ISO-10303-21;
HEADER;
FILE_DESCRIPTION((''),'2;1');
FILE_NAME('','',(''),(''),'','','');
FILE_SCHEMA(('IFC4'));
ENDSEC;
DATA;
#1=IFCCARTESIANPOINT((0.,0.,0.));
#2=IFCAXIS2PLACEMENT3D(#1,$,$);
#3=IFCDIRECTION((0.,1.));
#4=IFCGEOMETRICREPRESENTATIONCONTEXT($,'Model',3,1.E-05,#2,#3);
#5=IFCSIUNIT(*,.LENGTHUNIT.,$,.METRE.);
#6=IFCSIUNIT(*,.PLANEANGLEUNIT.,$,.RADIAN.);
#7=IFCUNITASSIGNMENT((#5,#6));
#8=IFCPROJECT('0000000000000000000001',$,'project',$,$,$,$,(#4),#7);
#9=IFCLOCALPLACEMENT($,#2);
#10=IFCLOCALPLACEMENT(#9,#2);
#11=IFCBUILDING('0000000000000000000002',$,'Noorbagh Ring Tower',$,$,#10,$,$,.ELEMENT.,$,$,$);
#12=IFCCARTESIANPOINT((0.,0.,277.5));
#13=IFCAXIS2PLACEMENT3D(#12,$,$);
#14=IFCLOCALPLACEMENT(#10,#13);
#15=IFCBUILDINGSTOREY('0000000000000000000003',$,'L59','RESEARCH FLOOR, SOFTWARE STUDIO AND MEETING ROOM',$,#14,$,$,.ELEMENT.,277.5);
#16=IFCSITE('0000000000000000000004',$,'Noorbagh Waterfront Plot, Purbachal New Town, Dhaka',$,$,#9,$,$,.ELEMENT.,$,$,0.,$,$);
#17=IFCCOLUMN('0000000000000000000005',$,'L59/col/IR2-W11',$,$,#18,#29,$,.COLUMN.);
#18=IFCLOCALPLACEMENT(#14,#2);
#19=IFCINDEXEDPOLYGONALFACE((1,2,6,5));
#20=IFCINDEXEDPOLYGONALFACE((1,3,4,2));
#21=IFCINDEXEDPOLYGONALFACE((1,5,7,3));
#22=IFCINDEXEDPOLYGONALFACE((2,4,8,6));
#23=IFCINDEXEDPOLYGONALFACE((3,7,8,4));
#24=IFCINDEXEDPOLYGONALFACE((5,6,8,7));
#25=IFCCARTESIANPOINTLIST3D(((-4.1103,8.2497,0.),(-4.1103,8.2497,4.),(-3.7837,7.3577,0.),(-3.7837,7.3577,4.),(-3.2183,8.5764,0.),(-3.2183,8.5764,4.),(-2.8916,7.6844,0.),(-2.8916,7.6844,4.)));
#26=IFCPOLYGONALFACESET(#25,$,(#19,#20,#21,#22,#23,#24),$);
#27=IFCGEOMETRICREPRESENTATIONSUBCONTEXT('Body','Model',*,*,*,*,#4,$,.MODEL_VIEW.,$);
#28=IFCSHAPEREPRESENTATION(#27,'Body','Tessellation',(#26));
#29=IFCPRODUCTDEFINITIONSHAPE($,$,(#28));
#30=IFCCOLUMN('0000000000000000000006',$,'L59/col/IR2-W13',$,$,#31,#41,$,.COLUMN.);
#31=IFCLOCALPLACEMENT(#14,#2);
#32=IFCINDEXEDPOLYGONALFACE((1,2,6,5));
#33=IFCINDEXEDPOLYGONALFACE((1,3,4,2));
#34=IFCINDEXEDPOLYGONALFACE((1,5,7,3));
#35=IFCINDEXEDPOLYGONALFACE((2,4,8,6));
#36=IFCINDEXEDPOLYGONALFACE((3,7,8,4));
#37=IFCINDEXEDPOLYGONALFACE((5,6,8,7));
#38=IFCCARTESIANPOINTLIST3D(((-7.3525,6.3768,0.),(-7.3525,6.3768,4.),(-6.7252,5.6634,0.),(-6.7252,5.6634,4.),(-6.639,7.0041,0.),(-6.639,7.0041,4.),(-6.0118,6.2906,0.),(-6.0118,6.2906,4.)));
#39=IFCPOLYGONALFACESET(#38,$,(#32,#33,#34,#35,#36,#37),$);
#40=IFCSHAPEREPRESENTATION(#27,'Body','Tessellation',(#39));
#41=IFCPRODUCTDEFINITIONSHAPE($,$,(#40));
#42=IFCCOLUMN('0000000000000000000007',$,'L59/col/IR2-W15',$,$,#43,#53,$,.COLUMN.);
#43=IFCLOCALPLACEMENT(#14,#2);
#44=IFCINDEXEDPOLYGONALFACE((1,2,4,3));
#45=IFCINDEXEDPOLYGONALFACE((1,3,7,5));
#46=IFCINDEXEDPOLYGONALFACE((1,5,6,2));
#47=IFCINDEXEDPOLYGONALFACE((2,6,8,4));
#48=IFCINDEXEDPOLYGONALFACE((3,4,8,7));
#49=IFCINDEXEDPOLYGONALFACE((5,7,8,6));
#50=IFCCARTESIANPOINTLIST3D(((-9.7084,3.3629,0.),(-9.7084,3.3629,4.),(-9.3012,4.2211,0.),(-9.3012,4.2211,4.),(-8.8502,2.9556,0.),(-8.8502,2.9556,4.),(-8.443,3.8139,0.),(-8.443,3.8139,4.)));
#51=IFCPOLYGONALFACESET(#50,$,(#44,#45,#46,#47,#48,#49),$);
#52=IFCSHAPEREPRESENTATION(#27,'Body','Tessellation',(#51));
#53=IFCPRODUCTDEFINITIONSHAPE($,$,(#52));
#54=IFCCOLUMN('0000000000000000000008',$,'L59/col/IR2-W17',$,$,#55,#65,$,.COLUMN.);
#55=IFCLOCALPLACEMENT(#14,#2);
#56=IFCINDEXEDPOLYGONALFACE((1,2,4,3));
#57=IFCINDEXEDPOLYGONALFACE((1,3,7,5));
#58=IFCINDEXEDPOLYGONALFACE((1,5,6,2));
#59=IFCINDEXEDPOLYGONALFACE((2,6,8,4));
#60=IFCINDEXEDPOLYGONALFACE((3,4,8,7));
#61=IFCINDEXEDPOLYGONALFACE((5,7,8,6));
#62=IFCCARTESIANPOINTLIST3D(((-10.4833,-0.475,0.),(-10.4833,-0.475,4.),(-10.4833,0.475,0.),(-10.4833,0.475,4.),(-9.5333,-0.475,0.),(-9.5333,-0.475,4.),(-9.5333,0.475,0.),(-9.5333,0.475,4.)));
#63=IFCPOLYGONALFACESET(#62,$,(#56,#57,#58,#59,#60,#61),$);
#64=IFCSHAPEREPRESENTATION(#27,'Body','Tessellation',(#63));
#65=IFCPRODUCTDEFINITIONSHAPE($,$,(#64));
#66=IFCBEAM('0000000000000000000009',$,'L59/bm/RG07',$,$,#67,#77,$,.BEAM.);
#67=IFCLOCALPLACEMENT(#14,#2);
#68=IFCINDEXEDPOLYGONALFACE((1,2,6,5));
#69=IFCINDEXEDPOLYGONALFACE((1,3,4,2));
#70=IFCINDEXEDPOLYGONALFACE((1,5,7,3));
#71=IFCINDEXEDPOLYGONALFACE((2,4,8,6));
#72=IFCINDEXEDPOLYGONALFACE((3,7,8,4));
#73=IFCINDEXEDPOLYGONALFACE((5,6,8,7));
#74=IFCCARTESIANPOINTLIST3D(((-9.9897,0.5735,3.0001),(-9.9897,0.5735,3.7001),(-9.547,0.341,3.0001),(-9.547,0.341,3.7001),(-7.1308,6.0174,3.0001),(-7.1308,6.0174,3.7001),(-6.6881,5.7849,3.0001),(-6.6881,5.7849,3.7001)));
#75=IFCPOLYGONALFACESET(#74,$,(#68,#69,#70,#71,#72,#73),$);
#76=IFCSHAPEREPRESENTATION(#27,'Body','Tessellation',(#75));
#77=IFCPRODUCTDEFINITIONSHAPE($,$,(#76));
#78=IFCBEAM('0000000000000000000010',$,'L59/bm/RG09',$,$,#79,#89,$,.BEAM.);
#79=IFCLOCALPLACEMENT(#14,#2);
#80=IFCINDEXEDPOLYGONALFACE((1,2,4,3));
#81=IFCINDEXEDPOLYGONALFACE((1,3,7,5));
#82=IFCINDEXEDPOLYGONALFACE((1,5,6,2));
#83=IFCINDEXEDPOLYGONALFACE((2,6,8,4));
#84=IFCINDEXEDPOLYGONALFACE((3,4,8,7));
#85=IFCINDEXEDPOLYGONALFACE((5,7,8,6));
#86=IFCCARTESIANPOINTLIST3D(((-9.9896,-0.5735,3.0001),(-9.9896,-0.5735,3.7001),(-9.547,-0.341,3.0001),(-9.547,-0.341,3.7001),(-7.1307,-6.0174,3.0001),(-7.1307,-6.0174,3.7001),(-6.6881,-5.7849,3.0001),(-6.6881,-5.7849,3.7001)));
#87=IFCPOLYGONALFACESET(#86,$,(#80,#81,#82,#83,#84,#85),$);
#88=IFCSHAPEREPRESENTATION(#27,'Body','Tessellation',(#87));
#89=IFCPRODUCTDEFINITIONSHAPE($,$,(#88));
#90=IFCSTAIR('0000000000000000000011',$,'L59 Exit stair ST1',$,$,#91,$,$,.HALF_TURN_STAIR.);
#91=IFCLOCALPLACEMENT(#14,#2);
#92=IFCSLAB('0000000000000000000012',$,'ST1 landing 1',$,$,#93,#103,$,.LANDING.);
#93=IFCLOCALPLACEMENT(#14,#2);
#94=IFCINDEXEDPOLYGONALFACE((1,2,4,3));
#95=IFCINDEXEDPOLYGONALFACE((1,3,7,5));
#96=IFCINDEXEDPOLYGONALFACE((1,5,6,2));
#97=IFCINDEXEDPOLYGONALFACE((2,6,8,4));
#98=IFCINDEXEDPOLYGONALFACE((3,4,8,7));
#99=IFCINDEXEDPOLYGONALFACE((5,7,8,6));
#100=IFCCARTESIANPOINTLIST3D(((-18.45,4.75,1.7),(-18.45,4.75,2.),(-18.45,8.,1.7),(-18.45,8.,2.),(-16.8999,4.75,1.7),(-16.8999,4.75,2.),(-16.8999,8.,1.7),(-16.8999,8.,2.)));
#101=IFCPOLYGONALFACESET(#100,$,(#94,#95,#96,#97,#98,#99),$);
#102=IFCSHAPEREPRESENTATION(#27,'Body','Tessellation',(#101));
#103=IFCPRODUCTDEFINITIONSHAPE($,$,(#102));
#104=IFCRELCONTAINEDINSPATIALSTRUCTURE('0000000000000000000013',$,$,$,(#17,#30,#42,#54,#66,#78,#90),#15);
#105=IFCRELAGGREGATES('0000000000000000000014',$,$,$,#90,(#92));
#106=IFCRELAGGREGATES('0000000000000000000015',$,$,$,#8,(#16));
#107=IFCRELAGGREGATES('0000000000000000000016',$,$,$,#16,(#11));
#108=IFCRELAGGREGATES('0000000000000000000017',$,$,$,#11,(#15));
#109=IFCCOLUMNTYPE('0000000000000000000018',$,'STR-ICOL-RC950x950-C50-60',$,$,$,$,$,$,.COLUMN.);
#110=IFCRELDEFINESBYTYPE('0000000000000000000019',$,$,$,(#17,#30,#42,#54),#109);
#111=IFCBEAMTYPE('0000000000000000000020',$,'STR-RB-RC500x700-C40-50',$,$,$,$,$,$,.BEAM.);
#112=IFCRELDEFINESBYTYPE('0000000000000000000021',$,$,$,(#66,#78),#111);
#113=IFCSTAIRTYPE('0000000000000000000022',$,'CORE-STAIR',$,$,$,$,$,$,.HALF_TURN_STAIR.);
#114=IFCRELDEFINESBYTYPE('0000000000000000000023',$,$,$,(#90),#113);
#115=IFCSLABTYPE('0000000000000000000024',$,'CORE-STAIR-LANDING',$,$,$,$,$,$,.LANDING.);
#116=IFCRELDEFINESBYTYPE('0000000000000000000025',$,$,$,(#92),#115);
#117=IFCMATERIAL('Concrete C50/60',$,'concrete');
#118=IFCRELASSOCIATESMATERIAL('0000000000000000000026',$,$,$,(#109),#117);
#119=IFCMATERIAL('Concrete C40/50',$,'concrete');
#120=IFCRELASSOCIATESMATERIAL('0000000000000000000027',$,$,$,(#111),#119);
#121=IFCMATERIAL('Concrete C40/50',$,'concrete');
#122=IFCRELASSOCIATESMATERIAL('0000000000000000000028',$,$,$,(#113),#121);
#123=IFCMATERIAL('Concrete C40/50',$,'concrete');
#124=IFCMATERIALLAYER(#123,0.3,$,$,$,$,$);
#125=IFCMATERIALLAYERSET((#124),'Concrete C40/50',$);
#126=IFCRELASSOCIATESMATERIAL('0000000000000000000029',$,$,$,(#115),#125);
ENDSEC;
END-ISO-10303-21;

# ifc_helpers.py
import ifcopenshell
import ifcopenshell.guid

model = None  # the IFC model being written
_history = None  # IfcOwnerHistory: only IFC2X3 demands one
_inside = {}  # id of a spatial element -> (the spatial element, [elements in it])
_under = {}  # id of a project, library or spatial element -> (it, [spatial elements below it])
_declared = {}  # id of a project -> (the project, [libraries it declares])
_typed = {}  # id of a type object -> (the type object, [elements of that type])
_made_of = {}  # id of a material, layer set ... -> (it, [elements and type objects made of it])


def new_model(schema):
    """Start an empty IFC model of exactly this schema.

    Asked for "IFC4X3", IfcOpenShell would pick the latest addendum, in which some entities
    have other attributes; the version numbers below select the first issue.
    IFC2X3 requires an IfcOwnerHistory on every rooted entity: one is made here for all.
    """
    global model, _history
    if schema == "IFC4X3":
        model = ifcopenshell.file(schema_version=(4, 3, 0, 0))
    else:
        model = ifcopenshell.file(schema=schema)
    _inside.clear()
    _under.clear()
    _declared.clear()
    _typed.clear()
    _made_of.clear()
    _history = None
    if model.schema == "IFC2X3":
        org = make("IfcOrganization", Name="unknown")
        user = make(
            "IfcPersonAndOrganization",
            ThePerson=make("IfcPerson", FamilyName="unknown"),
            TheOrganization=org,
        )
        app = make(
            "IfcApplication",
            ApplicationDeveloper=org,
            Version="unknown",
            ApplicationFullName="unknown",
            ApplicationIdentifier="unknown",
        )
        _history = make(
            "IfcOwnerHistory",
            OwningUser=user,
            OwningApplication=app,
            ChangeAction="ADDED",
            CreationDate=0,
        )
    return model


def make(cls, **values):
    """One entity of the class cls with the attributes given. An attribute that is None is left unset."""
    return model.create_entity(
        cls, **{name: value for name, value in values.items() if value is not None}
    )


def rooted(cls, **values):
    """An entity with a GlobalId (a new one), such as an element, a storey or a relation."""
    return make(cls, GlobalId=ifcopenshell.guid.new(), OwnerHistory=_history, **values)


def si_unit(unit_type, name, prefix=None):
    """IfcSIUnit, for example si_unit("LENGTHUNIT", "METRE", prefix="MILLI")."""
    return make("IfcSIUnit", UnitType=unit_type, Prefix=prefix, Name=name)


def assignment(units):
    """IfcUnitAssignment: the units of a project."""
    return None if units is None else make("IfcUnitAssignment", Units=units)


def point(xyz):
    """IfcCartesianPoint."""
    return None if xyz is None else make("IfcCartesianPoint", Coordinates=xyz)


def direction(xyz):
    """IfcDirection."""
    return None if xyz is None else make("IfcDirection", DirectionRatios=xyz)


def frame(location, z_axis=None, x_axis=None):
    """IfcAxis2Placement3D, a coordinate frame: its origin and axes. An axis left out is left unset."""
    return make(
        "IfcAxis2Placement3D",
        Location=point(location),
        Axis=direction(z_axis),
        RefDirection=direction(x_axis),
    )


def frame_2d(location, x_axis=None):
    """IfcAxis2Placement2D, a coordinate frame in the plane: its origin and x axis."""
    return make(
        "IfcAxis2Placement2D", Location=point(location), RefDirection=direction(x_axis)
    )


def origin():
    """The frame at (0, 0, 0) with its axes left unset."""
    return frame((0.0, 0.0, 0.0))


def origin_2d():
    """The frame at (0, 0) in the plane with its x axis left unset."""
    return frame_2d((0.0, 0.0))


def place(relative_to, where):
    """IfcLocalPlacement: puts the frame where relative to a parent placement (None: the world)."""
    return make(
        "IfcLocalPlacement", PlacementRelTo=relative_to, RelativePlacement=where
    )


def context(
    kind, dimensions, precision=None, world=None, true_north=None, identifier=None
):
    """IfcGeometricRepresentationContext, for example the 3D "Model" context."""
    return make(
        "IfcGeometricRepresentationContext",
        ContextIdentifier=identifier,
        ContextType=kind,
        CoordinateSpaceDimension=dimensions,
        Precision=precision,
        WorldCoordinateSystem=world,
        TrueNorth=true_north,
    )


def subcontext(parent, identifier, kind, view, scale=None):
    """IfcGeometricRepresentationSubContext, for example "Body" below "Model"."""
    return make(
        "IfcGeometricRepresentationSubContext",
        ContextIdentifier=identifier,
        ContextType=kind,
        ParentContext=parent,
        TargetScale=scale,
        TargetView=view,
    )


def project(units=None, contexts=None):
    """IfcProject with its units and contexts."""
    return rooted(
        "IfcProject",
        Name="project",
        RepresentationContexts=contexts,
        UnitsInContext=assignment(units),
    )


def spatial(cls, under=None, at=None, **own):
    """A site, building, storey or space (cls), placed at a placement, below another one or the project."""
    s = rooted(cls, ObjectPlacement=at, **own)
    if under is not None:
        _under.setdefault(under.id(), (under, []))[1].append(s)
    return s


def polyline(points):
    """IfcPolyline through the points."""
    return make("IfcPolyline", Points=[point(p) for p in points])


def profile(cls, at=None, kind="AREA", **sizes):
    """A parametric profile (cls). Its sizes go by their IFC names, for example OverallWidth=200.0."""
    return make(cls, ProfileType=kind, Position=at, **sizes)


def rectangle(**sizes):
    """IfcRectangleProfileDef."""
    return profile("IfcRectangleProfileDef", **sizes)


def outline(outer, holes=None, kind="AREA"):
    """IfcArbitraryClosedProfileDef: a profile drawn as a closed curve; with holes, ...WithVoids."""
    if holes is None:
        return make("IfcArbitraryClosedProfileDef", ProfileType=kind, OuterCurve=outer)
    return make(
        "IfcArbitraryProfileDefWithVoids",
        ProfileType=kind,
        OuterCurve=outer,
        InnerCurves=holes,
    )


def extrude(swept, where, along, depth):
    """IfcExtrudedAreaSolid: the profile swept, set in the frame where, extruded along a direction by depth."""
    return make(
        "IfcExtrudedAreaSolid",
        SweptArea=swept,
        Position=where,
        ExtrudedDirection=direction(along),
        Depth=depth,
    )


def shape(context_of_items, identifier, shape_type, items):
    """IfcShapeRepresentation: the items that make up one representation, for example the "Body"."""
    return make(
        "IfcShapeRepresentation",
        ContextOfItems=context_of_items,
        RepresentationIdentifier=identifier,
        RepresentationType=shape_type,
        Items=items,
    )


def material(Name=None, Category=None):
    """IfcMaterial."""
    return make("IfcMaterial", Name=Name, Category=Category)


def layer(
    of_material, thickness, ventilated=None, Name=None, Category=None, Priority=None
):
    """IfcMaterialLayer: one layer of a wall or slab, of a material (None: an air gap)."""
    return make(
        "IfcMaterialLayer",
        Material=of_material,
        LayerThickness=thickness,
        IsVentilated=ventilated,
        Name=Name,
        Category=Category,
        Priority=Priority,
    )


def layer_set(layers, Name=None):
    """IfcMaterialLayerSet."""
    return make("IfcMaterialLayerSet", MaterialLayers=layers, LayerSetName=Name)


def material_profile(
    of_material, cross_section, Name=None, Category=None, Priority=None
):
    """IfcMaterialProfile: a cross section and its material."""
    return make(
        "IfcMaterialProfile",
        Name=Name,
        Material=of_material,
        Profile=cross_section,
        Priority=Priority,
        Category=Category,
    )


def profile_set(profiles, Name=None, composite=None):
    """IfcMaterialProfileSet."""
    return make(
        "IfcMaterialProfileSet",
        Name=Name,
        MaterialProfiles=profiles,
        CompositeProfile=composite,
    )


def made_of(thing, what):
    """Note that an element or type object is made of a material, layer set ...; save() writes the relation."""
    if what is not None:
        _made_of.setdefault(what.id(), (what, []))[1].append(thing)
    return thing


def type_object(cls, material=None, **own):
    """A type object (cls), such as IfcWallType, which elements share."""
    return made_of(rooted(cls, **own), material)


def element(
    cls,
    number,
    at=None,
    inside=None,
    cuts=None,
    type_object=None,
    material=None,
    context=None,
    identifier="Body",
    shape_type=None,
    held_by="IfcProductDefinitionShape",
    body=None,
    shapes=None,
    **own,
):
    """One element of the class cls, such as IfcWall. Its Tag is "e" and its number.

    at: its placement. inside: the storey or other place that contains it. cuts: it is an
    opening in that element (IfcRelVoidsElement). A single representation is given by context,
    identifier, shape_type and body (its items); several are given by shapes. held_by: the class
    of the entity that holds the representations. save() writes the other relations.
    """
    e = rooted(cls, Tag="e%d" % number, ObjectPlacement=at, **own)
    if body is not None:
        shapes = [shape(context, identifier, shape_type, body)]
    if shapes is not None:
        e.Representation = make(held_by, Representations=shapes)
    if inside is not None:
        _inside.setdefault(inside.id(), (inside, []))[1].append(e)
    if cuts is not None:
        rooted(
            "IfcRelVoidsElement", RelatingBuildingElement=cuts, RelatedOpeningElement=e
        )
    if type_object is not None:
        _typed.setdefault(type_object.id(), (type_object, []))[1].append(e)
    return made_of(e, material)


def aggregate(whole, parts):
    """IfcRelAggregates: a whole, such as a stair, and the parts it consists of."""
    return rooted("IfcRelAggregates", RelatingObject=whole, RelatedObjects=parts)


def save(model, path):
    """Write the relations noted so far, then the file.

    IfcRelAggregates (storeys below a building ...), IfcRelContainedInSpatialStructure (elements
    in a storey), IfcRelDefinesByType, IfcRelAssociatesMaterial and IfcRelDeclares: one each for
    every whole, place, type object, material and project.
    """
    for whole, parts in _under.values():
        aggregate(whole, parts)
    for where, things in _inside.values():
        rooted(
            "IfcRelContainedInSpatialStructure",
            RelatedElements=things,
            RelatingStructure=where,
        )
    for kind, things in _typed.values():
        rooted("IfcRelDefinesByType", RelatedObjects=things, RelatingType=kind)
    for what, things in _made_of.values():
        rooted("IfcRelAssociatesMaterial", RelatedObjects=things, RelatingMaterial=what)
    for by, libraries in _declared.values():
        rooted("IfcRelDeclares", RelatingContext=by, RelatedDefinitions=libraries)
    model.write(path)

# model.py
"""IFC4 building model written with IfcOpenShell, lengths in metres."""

from ifc_helpers import new_model, si_unit, direction, frame, origin, origin_2d, place, context, subcontext, project, spatial, polyline, rectangle, outline, extrude, material, layer, layer_set, material_profile, profile_set, type_object, element, aggregate, save


model = new_model("IFC4")

# Units and contexts
model_context = context("Model", 3, precision=1e-05, world=origin(), true_north=direction((0.0, 1.0)))
body_context = subcontext(model_context, "Body", "Model", "MODEL_VIEW")
ifc_project = project(units=[si_unit("LENGTHUNIT", "METRE"), si_unit("PLANEANGLEUNIT", "RADIAN")], contexts=[model_context])

# Site, building, storey
site_placement = place(None, origin())
site = spatial("IfcSite", under=ifc_project, at=site_placement, Name="Noorbagh Waterfront Plot, Purbachal New Town, Dhaka", CompositionType="ELEMENT", RefElevation=0.0)
building_placement = place(site_placement, origin())
building = spatial("IfcBuilding", under=site, at=building_placement, Name="Noorbagh Ring Tower", CompositionType="ELEMENT")
storey_placement = place(building_placement, frame((0.0, 0.0, 277.5)))
storey = spatial("IfcBuildingStorey", under=building, at=storey_placement, Name="L59", Description="RESEARCH FLOOR, SOFTWARE STUDIO AND MEETING ROOM", CompositionType="ELEMENT", Elevation=277.5)

# Columns
ifc_material_1 = material(Name="Concrete C50/60", Category="concrete")
ifc_material_profile_1 = material_profile(ifc_material_1, rectangle(XDim=0.95, YDim=0.95, at=origin_2d()), Name="RC950x950")
ifc_profile_set_1 = profile_set([ifc_material_profile_1], Name="Concrete C50/60")
column_type = type_object("IfcColumnType", Name="STR-ICOL-RC950x950-C50-60", PredefinedType="COLUMN", material=ifc_profile_set_1)
for number, where, z_axis, x_axis, name in (
    (1, (-3.501, 7.967, 0.0), (0.0, 0.0, 1.0), (-0.93902, -0.343864, 0.0), "L59/col/IR2-W11"),
    (2, (-6.6821, 6.3337, 0.0), (0.0, 0.0, 1.0), (-0.751022, -0.660277, 0.0), "L59/col/IR2-W13"),
    (3, (-9.0757, 3.5884, 0.0), (0.0, 0.0, 1.0), (-0.428667, -0.903463, 0.0), "L59/col/IR2-W15"),
    (4, (-10.0083, 0.0, 0.0), (0.0, 0.0, 1.0), (0.0, -1.0, 0.0), "L59/col/IR2-W17"),
):
    element("IfcColumn", number, at=place(storey_placement, frame(where, z_axis=z_axis, x_axis=x_axis)), inside=storey, type_object=column_type, Name=name, PredefinedType="COLUMN", context=body_context, shape_type="SweptSolid", body=[
        extrude(rectangle(XDim=0.95, YDim=0.95, at=origin_2d()), origin(), (0.0, 0.0, 1.0), 4.0),
    ])

# Beams
ifc_material_2 = material(Name="Concrete C40/50", Category="concrete")
ifc_material_profile_2 = material_profile(ifc_material_2, rectangle(XDim=0.5, YDim=0.7, at=origin_2d()), Name="RC500x700")
ifc_profile_set_2 = profile_set([ifc_material_profile_2], Name="Concrete C40/50")
beam_type = type_object("IfcBeamType", Name="STR-RB-RC500x700-C40-50", PredefinedType="BEAM", material=ifc_profile_set_2)
for number, where, z_axis, x_axis, name in (
    (5, (-6.9094, 5.9011, 3.3501), (-0.464944, -0.88534, 0.0), (0.88534, -0.464944, 0.0), "L59/bm/RG07"),
    (6, (-9.7683, -0.4573, 3.3501), (0.464944, -0.88534, 0.0), (0.88534, 0.464944, 0.0), "L59/bm/RG09"),
):
    element("IfcBeam", number, at=place(storey_placement, frame(where, z_axis=z_axis, x_axis=x_axis)), inside=storey, type_object=beam_type, Name=name, PredefinedType="BEAM", context=body_context, shape_type="SweptSolid", body=[
        extrude(rectangle(XDim=0.5, YDim=0.7, at=origin_2d()), origin(), (0.0, 0.0, 1.0), 6.1489),
    ])

# Stair, slab
ifc_material_3 = material(Name="Concrete C40/50", Category="concrete")
stair_type = type_object("IfcStairType", Name="CORE-STAIR", PredefinedType="HALF_TURN_STAIR", material=ifc_material_3)
stair_placement = place(storey_placement, origin())
stair = element("IfcStair", 7, at=stair_placement, inside=storey, type_object=stair_type, Name="L59 Exit stair ST1", PredefinedType="HALF_TURN_STAIR")
ifc_material_4 = material(Name="Concrete C40/50", Category="concrete")
ifc_layer_1 = layer(ifc_material_4, 0.3)
ifc_layer_set_1 = layer_set([ifc_layer_1], Name="Concrete C40/50")
slab_type_1 = type_object("IfcSlabType", Name="CORE-STAIR-LANDING", PredefinedType="LANDING", material=ifc_layer_set_1)
slab_1_placement = place(storey_placement, frame((0.0, 0.0, 1.7)))
slab_1 = element("IfcSlab", 8, at=slab_1_placement, type_object=slab_type_1, Name="ST1 landing 1", PredefinedType="LANDING", context=body_context, shape_type="SweptSolid", body=[
    extrude(outline(polyline([(-18.45, 4.75), (-16.8999, 4.75), (-16.8999, 8.0), (-18.45, 8.0), (-18.45, 4.75)])), origin(), (0.0, 0.0, 1.0), 0.3),
])

aggregate(stair, [slab_1])

save(model, "model.ifc")
